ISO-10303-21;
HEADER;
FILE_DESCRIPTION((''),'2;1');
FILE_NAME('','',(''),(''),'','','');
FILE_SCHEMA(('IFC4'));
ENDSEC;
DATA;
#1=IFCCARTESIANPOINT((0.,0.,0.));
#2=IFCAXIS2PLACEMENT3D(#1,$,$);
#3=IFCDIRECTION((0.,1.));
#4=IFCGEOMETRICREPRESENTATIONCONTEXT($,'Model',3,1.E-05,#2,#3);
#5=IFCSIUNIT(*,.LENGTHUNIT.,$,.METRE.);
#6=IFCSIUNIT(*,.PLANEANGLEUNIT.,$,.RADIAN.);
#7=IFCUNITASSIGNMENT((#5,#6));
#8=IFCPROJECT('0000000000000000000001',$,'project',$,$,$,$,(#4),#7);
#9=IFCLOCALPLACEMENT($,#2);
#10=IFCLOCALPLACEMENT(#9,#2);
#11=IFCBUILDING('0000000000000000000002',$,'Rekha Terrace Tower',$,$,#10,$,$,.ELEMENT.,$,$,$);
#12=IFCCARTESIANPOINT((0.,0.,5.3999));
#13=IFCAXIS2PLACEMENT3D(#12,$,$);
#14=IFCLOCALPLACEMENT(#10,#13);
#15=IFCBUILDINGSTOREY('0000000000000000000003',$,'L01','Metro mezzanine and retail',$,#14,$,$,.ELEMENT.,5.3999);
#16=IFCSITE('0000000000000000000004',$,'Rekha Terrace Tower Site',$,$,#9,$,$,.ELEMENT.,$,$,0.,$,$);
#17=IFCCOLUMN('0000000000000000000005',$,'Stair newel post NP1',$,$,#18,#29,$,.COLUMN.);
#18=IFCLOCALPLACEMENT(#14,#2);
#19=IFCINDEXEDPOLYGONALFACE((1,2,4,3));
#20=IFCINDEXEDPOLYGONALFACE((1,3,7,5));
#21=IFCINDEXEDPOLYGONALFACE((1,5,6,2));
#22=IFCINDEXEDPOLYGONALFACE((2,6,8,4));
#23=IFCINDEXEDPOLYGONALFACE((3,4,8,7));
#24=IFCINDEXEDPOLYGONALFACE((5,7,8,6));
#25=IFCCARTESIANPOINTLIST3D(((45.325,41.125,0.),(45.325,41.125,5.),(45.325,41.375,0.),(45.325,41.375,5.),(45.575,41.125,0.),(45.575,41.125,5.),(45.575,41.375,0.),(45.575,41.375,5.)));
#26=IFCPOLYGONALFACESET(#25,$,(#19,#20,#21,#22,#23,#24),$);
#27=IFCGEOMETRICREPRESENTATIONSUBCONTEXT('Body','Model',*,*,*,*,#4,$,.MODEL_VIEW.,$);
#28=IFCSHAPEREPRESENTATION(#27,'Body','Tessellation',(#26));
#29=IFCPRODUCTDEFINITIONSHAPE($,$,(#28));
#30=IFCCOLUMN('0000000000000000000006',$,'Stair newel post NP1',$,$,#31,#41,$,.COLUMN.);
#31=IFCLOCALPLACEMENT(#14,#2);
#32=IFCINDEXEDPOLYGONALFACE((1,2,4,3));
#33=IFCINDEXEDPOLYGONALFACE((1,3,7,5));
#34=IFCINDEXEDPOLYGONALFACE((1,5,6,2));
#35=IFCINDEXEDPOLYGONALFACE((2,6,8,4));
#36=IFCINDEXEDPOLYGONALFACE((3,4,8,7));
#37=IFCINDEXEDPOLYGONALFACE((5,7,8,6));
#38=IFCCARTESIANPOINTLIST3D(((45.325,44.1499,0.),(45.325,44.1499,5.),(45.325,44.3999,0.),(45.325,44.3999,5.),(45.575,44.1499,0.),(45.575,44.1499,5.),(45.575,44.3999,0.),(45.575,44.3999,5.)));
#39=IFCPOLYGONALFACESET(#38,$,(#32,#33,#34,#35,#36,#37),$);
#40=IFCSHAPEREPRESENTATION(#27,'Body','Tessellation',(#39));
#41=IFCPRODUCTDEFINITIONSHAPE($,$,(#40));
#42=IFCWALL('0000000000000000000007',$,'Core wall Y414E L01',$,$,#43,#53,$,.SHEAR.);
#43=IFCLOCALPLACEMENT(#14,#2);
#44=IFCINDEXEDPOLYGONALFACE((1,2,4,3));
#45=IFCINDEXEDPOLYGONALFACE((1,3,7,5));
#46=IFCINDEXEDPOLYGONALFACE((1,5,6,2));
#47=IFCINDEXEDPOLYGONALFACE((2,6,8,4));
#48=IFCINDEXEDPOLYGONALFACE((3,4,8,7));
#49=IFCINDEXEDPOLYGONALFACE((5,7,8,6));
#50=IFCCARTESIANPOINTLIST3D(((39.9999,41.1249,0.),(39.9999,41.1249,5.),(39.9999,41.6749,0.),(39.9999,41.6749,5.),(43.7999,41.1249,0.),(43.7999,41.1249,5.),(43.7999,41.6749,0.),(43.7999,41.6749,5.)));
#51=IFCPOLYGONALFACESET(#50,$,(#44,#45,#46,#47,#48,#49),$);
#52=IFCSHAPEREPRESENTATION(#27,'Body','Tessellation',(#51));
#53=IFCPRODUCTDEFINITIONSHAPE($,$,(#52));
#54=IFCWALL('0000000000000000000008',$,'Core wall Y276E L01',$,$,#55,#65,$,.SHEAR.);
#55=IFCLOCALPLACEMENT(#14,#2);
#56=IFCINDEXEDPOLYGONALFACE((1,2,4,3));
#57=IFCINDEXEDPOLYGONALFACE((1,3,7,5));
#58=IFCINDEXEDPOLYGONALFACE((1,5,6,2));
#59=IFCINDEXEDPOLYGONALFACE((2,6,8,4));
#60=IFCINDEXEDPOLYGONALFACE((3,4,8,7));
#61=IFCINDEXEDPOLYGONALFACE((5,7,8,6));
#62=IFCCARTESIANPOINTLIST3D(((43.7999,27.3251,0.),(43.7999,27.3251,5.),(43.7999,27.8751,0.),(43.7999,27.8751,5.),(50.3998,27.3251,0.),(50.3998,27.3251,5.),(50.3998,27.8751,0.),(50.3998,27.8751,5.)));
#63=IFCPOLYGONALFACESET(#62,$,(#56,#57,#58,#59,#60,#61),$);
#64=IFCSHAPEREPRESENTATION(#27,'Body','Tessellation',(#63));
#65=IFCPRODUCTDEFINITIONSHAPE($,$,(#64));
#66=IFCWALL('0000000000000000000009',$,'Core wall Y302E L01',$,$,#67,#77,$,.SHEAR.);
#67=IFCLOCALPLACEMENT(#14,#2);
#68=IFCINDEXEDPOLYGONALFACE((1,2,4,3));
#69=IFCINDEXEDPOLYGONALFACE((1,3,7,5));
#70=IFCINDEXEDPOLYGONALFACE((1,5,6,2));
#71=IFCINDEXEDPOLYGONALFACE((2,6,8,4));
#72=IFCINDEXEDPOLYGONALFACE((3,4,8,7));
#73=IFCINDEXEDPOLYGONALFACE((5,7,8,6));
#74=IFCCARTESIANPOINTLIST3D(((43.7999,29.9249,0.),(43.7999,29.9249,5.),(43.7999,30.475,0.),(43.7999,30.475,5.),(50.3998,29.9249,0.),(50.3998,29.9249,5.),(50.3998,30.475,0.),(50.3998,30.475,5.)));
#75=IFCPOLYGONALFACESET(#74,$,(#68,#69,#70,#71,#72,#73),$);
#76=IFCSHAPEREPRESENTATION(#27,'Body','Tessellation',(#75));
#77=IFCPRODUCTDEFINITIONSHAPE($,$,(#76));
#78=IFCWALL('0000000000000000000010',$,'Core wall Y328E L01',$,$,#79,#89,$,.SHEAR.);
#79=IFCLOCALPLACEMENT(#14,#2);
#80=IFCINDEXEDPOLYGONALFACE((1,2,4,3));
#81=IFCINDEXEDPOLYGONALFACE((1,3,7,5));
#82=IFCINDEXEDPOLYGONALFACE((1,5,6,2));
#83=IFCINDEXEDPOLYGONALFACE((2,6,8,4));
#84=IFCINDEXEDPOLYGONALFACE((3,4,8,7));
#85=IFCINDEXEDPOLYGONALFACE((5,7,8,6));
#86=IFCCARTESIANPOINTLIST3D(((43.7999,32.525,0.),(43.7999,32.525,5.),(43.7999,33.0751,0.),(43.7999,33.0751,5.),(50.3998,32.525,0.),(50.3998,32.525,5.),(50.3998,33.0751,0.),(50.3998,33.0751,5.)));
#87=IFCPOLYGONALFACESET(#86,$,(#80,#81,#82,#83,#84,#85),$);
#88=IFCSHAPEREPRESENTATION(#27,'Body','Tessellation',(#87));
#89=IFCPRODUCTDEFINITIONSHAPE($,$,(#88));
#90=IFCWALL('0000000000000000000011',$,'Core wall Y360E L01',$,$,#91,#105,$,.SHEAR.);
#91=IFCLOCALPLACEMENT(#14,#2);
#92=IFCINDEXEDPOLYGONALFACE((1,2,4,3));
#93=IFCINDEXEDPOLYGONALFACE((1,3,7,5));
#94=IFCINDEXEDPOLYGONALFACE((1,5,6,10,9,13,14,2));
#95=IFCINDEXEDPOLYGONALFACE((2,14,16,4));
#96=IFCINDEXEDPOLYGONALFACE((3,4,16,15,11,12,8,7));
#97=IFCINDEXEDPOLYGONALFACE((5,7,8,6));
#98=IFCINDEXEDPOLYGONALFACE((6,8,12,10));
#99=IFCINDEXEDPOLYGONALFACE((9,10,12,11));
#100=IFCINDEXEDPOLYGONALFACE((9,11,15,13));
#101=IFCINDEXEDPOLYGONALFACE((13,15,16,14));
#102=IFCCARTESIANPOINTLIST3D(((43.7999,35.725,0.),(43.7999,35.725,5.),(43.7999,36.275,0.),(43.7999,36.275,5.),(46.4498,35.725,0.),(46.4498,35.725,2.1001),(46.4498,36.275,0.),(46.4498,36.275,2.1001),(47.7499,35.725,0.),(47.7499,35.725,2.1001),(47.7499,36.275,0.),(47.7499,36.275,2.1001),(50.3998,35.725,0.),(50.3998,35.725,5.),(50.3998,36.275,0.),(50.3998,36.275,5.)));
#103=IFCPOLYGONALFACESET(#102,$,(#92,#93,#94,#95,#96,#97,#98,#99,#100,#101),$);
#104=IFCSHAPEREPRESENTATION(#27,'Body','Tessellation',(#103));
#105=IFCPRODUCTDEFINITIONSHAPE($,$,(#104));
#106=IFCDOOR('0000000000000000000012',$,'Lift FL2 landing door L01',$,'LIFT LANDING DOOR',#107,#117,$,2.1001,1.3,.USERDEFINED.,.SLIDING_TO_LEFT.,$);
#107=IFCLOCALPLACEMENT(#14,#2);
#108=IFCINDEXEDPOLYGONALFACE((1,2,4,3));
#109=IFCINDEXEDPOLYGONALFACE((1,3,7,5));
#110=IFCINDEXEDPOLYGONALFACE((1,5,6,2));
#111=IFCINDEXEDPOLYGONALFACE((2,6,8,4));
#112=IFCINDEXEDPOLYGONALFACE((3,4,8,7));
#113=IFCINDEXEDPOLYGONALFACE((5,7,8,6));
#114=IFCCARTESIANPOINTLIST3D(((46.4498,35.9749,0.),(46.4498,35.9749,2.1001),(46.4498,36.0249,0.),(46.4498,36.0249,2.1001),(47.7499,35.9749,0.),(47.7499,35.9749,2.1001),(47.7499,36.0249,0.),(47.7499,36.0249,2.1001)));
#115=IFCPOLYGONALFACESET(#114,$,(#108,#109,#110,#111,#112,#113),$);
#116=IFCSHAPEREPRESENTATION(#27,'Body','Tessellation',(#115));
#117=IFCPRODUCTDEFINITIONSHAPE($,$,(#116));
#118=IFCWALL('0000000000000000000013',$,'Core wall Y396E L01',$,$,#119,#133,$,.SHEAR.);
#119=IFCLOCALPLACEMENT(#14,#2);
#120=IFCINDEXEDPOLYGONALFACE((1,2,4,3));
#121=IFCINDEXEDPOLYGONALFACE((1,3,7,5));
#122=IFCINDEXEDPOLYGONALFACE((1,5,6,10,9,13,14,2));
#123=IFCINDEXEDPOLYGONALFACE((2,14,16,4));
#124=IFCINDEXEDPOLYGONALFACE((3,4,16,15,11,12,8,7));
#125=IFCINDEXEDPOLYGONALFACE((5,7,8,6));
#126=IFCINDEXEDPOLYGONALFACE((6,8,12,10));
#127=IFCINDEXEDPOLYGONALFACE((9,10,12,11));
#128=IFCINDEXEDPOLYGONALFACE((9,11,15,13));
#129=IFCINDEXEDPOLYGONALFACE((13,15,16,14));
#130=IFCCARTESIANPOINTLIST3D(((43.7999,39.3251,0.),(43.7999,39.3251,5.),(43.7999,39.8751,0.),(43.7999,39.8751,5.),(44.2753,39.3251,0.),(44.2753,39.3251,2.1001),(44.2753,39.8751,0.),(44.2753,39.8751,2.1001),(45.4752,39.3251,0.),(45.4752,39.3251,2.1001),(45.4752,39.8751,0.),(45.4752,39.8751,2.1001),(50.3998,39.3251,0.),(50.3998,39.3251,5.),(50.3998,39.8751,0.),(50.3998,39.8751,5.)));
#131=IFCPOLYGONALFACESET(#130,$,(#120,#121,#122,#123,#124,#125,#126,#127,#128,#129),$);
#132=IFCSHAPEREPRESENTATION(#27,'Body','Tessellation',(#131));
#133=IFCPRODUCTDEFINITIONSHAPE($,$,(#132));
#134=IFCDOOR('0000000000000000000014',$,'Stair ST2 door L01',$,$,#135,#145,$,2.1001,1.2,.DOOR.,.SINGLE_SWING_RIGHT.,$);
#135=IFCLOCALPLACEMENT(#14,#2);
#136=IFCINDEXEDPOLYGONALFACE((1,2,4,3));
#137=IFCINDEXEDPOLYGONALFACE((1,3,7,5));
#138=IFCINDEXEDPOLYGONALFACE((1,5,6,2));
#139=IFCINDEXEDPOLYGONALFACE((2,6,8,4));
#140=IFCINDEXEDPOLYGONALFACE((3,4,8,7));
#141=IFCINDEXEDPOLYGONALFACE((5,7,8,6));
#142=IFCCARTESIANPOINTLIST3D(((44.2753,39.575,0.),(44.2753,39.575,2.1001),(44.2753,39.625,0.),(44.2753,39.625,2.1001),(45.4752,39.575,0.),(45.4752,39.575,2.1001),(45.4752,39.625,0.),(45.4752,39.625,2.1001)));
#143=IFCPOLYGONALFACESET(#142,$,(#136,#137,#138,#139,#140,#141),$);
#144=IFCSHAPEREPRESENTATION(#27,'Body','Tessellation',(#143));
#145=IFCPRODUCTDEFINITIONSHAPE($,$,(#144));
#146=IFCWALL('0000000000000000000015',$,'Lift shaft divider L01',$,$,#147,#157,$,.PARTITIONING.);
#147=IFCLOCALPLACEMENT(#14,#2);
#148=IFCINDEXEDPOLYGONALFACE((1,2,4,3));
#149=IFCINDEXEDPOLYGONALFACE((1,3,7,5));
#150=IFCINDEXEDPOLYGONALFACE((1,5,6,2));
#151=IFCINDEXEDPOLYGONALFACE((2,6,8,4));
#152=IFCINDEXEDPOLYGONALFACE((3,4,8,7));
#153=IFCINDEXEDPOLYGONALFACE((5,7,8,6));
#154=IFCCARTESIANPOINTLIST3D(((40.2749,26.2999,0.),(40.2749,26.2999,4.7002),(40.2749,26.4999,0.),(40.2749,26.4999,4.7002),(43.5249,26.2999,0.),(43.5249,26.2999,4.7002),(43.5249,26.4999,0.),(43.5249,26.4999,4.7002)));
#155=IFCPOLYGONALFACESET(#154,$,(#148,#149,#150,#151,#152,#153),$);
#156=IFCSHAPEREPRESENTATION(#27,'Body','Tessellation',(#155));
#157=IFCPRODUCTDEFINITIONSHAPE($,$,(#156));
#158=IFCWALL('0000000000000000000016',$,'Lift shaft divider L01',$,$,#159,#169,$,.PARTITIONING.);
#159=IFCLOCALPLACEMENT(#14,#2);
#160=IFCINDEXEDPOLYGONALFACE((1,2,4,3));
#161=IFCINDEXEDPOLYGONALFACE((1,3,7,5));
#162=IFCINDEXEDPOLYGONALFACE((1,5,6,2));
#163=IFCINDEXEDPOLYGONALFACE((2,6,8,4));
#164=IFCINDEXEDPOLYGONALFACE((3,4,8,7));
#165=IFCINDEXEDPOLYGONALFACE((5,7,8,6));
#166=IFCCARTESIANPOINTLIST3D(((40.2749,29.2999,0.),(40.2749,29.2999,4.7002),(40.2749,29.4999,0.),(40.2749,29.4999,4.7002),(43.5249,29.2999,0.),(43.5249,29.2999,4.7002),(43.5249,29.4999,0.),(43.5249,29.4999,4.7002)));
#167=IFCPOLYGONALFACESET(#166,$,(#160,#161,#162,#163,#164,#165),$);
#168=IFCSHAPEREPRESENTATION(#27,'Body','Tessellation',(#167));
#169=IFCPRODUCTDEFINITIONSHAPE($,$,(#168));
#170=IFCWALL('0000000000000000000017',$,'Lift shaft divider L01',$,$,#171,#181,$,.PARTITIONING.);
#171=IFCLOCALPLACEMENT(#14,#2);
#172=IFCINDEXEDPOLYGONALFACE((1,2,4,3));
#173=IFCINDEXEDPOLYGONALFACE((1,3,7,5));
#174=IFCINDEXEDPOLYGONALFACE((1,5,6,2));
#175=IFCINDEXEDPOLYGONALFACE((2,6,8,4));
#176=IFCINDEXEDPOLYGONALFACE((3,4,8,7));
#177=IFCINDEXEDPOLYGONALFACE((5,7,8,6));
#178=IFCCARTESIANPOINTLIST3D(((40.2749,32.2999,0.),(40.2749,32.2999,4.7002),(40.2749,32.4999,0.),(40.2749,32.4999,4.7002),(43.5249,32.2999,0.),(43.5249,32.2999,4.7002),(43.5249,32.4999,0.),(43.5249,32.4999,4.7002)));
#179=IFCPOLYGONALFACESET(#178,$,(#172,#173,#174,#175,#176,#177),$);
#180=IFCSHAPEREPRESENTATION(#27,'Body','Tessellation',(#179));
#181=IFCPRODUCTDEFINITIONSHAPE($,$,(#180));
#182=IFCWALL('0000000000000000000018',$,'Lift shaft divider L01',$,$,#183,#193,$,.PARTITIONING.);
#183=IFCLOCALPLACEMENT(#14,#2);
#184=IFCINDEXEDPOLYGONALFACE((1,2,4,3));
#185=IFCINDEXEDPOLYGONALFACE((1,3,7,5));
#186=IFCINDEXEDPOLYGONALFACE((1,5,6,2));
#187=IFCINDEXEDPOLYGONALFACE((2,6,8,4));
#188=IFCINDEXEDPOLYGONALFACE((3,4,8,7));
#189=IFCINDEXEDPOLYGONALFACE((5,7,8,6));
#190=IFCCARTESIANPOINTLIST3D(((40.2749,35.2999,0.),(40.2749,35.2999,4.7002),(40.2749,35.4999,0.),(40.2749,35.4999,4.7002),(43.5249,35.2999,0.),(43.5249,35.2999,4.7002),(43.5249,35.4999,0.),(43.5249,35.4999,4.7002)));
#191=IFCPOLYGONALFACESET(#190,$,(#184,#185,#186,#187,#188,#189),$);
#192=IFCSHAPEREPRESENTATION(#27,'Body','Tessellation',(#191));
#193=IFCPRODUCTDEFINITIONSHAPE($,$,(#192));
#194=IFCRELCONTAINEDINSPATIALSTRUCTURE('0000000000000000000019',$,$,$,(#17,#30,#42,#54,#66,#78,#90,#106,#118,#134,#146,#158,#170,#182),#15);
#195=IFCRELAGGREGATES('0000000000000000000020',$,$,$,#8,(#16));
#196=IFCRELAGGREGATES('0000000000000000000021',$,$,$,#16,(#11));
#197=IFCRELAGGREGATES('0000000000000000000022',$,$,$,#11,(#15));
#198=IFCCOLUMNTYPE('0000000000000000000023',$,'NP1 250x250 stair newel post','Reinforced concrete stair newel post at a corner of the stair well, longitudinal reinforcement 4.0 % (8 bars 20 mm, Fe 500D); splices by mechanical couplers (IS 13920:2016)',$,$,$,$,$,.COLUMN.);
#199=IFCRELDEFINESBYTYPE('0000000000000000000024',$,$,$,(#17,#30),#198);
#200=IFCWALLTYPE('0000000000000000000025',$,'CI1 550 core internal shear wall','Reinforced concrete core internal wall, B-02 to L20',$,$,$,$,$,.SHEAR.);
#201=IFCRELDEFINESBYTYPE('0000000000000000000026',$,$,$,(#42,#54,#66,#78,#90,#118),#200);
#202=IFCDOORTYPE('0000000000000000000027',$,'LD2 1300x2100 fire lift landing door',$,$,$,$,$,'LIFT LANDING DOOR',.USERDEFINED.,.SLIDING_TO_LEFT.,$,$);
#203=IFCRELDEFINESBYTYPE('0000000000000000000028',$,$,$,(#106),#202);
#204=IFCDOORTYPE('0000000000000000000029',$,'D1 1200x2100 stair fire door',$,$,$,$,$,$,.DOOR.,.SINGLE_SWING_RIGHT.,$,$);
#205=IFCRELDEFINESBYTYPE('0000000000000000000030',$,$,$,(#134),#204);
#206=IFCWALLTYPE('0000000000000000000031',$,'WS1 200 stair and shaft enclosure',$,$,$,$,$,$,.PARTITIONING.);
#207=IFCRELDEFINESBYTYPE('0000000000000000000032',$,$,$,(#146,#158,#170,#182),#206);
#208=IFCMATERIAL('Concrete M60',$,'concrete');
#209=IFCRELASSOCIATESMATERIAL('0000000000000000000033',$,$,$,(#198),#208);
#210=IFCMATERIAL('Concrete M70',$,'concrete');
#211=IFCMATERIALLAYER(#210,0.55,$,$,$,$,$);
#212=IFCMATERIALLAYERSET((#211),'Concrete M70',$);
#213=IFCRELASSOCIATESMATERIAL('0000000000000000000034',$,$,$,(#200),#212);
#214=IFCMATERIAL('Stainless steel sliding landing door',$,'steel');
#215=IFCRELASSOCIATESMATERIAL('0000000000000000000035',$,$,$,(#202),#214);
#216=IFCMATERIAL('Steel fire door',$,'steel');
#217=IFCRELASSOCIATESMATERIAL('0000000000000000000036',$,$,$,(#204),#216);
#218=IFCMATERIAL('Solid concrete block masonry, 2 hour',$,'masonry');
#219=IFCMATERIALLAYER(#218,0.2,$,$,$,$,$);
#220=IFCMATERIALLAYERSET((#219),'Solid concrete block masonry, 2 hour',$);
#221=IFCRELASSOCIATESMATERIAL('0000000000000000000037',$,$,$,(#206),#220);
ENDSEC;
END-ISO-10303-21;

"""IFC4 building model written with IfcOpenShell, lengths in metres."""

from ifc_helpers import new_model, si_unit, direction, frame, frame_2d, origin, origin_2d, place, context, subcontext, project, spatial, rectangle, extrude, material, layer, layer_set, material_profile, profile_set, type_object, element, fill, save


model = new_model("IFC4")

# Units and contexts
model_context = context("Model", 3, precision=1e-05, world=origin(), true_north=direction((0.0, 1.0)))
body_context = subcontext(model_context, "Body", "Model", "MODEL_VIEW")
ifc_project = project(units=[si_unit("LENGTHUNIT", "METRE"), si_unit("PLANEANGLEUNIT", "RADIAN")], contexts=[model_context])

# Site, building, storey
site_placement = place(None, origin())
site = spatial("IfcSite", under=ifc_project, at=site_placement, Name="Rekha Terrace Tower Site", CompositionType="ELEMENT", RefElevation=0.0)
building_placement = place(site_placement, origin())
building = spatial("IfcBuilding", under=site, at=building_placement, Name="Rekha Terrace Tower", CompositionType="ELEMENT")
storey_placement = place(building_placement, frame((0.0, 0.0, 5.3999)))
storey = spatial("IfcBuildingStorey", under=building, at=storey_placement, Name="L01", Description="Metro mezzanine and retail", CompositionType="ELEMENT", Elevation=5.3999)

# Columns
ifc_material_1 = material(Name="Concrete M60", Category="concrete")
ifc_material_profile = material_profile(ifc_material_1, rectangle(XDim=0.25, YDim=0.25, at=origin_2d()), Name="RC 250x250")
ifc_profile_set = profile_set([ifc_material_profile], Name="Concrete M60")
column_type = type_object("IfcColumnType", Name="NP1 250x250 stair newel post", Description="Reinforced concrete stair newel post at a corner of the stair well, longitudinal reinforcement 4.0 % (8 bars 20 mm, Fe 500D); splices by mechanical couplers (IS 13920:2016)", PredefinedType="COLUMN", material=ifc_profile_set)
for number, where, z_axis, x_axis, name in (
    (1, (45.45, 41.25, 0.0), (0.0, 0.0, 1.0), (1.0, 0.0, 0.0), "Stair newel post NP1"),
    (2, (45.45, 44.2749, 0.0), (0.0, 0.0, 1.0), (1.0, 0.0, 0.0), "Stair newel post NP1"),
):
    element("IfcColumn", number, at=place(storey_placement, frame(where, z_axis=z_axis, x_axis=x_axis)), inside=storey, type_object=column_type, Name=name, PredefinedType="COLUMN", context=body_context, shape_type="SweptSolid", body=[
        extrude(rectangle(XDim=0.25, YDim=0.25, at=origin_2d()), origin(), (0.0, 0.0, 1.0), 5.0),
    ])

# Walls
ifc_material_2 = material(Name="Concrete M70", Category="concrete")
ifc_layer_1 = layer(ifc_material_2, 0.55)
ifc_layer_set_1 = layer_set([ifc_layer_1], Name="Concrete M70")
wall_type_1 = type_object("IfcWallType", Name="CI1 550 core internal shear wall", Description="Reinforced concrete core internal wall, B-02 to L20", PredefinedType="SHEAR", material=ifc_layer_set_1)
wall_1_placement = place(storey_placement, frame((40.0, 41.3999, 0.0), z_axis=(0.0, 0.0, 1.0), x_axis=(1.0, 0.0, 0.0)))
element("IfcWall", 3, at=wall_1_placement, inside=storey, type_object=wall_type_1, Name="Core wall Y414E L01", PredefinedType="SHEAR", context=body_context, shape_type="SweptSolid", body=[
    extrude(rectangle(XDim=3.8, YDim=0.55, at=frame_2d((1.8999, 0.0))), origin(), (0.0, 0.0, 1.0), 5.0),
])
for number, where, z_axis, x_axis, name in (
    (4, (43.8, 27.6001, 0.0), (0.0, 0.0, 1.0), (1.0, 0.0, 0.0), "Core wall Y276E L01"),
    (5, (43.8, 30.2, 0.0), (0.0, 0.0, 1.0), (1.0, 0.0, 0.0), "Core wall Y302E L01"),
    (6, (43.8, 32.8, 0.0), (0.0, 0.0, 1.0), (1.0, 0.0, 0.0), "Core wall Y328E L01"),
):
    element("IfcWall", number, at=place(storey_placement, frame(where, z_axis=z_axis, x_axis=x_axis)), inside=storey, type_object=wall_type_1, Name=name, PredefinedType="SHEAR", context=body_context, shape_type="SweptSolid", body=[
        extrude(rectangle(XDim=6.5999, YDim=0.55, at=frame_2d((3.2998, 0.0))), origin(), (0.0, 0.0, 1.0), 5.0),
    ])

# Walls, openings, doors
wall_2_placement = place(storey_placement, frame((43.8, 36.0, 0.0), z_axis=(0.0, 0.0, 1.0), x_axis=(1.0, 0.0, 0.0)))
wall_2 = element("IfcWall", 7, at=wall_2_placement, inside=storey, type_object=wall_type_1, Name="Core wall Y360E L01", PredefinedType="SHEAR", context=body_context, shape_type="SweptSolid", body=[
    extrude(rectangle(XDim=6.5999, YDim=0.55, at=frame_2d((3.2998, 0.0))), origin(), (0.0, 0.0, 1.0), 5.0),
])
opening_1_placement = place(wall_2_placement, frame((2.6499, 0.0, 0.0)))
opening_1 = element("IfcOpeningElement", 8, at=opening_1_placement, cuts=wall_2, PredefinedType="OPENING", context=body_context, shape_type="SweptSolid", body=[
    extrude(rectangle(XDim=1.3, YDim=2.1001, at=frame_2d((0.6499, 1.05))), frame((0.0, 0.2849, 0.0), z_axis=(0.0, -1.0, 0.0), x_axis=(1.0, 0.0, 0.0)), (0.0, 0.0, 1.0), 0.5701),
])
ifc_material_3 = material(Name="Stainless steel sliding landing door", Category="steel")
door_type_1 = type_object("IfcDoorType", Name="LD2 1300x2100 fire lift landing door", ElementType="LIFT LANDING DOOR", OperationType="SLIDING_TO_LEFT", PredefinedType="USERDEFINED", material=ifc_material_3)
door_1_placement = place(opening_1_placement, origin())
door_1 = element("IfcDoor", 9, at=door_1_placement, inside=storey, type_object=door_type_1, Name="Lift FL2 landing door L01", ObjectType="LIFT LANDING DOOR", OperationType="SLIDING_TO_LEFT", OverallHeight=2.1001, OverallWidth=1.3, PredefinedType="USERDEFINED", context=body_context, shape_type="SweptSolid", body=[
    extrude(rectangle(XDim=1.3, YDim=2.1001, at=frame_2d((0.6499, 1.05))), frame((0.0, 0.0249, 0.0), z_axis=(0.0, -1.0, 0.0), x_axis=(1.0, 0.0, 0.0)), (0.0, 0.0, 1.0), 0.05),
])
fill(opening_1, door_1)
wall_3_placement = place(storey_placement, frame((43.8, 39.6001, 0.0), z_axis=(0.0, 0.0, 1.0), x_axis=(1.0, 0.0, 0.0)))
wall_3 = element("IfcWall", 10, at=wall_3_placement, inside=storey, type_object=wall_type_1, Name="Core wall Y396E L01", PredefinedType="SHEAR", context=body_context, shape_type="SweptSolid", body=[
    extrude(rectangle(XDim=6.5999, YDim=0.55, at=frame_2d((3.2998, 0.0))), origin(), (0.0, 0.0, 1.0), 5.0),
])
opening_2_placement = place(wall_3_placement, frame((0.4751, 0.0, 0.0)))
opening_2 = element("IfcOpeningElement", 11, at=opening_2_placement, cuts=wall_3, PredefinedType="OPENING", context=body_context, shape_type="SweptSolid", body=[
    extrude(rectangle(XDim=1.2, YDim=2.1001, at=frame_2d((0.6001, 1.05))), frame((0.0, 0.2849, 0.0), z_axis=(0.0, -1.0, 0.0), x_axis=(1.0, 0.0, 0.0)), (0.0, 0.0, 1.0), 0.5701),
])
ifc_material_4 = material(Name="Steel fire door", Category="steel")
door_type_2 = type_object("IfcDoorType", Name="D1 1200x2100 stair fire door", OperationType="SINGLE_SWING_RIGHT", PredefinedType="DOOR", material=ifc_material_4)
door_2_placement = place(opening_2_placement, origin())
door_2 = element("IfcDoor", 12, at=door_2_placement, inside=storey, type_object=door_type_2, Name="Stair ST2 door L01", OperationType="SINGLE_SWING_RIGHT", OverallHeight=2.1001, OverallWidth=1.2, PredefinedType="DOOR", context=body_context, shape_type="SweptSolid", body=[
    extrude(rectangle(XDim=1.2, YDim=2.1001, at=frame_2d((0.6001, 1.05))), frame((0.0, 0.0249, 0.0), z_axis=(0.0, -1.0, 0.0), x_axis=(1.0, 0.0, 0.0)), (0.0, 0.0, 1.0), 0.05),
])
fill(opening_2, door_2)

# Walls
ifc_material_5 = material(Name="Solid concrete block masonry, 2 hour", Category="masonry")
ifc_layer_2 = layer(ifc_material_5, 0.2)
ifc_layer_set_2 = layer_set([ifc_layer_2], Name="Solid concrete block masonry, 2 hour")
wall_type_2 = type_object("IfcWallType", Name="WS1 200 stair and shaft enclosure", PredefinedType="PARTITIONING", material=ifc_layer_set_2)
for number, where, z_axis, x_axis, name in (
    (13, (40.2749, 26.3999, 0.0), (0.0, 0.0, 1.0), (1.0, 0.0, 0.0), "Lift shaft divider L01"),
    (14, (40.2749, 29.3999, 0.0), (0.0, 0.0, 1.0), (1.0, 0.0, 0.0), "Lift shaft divider L01"),
    (15, (40.2749, 32.3999, 0.0), (0.0, 0.0, 1.0), (1.0, 0.0, 0.0), "Lift shaft divider L01"),
    (16, (40.2749, 35.3999, 0.0), (0.0, 0.0, 1.0), (1.0, 0.0, 0.0), "Lift shaft divider L01"),
):
    element("IfcWall", number, at=place(storey_placement, frame(where, z_axis=z_axis, x_axis=x_axis)), inside=storey, type_object=wall_type_2, Name=name, PredefinedType="PARTITIONING", context=body_context, shape_type="SweptSolid", body=[
        extrude(rectangle(XDim=3.25, YDim=0.2, at=frame_2d((1.625, 0.0))), origin(), (0.0, 0.0, 1.0), 4.7002),
    ])

save(model, "model.ifc")
